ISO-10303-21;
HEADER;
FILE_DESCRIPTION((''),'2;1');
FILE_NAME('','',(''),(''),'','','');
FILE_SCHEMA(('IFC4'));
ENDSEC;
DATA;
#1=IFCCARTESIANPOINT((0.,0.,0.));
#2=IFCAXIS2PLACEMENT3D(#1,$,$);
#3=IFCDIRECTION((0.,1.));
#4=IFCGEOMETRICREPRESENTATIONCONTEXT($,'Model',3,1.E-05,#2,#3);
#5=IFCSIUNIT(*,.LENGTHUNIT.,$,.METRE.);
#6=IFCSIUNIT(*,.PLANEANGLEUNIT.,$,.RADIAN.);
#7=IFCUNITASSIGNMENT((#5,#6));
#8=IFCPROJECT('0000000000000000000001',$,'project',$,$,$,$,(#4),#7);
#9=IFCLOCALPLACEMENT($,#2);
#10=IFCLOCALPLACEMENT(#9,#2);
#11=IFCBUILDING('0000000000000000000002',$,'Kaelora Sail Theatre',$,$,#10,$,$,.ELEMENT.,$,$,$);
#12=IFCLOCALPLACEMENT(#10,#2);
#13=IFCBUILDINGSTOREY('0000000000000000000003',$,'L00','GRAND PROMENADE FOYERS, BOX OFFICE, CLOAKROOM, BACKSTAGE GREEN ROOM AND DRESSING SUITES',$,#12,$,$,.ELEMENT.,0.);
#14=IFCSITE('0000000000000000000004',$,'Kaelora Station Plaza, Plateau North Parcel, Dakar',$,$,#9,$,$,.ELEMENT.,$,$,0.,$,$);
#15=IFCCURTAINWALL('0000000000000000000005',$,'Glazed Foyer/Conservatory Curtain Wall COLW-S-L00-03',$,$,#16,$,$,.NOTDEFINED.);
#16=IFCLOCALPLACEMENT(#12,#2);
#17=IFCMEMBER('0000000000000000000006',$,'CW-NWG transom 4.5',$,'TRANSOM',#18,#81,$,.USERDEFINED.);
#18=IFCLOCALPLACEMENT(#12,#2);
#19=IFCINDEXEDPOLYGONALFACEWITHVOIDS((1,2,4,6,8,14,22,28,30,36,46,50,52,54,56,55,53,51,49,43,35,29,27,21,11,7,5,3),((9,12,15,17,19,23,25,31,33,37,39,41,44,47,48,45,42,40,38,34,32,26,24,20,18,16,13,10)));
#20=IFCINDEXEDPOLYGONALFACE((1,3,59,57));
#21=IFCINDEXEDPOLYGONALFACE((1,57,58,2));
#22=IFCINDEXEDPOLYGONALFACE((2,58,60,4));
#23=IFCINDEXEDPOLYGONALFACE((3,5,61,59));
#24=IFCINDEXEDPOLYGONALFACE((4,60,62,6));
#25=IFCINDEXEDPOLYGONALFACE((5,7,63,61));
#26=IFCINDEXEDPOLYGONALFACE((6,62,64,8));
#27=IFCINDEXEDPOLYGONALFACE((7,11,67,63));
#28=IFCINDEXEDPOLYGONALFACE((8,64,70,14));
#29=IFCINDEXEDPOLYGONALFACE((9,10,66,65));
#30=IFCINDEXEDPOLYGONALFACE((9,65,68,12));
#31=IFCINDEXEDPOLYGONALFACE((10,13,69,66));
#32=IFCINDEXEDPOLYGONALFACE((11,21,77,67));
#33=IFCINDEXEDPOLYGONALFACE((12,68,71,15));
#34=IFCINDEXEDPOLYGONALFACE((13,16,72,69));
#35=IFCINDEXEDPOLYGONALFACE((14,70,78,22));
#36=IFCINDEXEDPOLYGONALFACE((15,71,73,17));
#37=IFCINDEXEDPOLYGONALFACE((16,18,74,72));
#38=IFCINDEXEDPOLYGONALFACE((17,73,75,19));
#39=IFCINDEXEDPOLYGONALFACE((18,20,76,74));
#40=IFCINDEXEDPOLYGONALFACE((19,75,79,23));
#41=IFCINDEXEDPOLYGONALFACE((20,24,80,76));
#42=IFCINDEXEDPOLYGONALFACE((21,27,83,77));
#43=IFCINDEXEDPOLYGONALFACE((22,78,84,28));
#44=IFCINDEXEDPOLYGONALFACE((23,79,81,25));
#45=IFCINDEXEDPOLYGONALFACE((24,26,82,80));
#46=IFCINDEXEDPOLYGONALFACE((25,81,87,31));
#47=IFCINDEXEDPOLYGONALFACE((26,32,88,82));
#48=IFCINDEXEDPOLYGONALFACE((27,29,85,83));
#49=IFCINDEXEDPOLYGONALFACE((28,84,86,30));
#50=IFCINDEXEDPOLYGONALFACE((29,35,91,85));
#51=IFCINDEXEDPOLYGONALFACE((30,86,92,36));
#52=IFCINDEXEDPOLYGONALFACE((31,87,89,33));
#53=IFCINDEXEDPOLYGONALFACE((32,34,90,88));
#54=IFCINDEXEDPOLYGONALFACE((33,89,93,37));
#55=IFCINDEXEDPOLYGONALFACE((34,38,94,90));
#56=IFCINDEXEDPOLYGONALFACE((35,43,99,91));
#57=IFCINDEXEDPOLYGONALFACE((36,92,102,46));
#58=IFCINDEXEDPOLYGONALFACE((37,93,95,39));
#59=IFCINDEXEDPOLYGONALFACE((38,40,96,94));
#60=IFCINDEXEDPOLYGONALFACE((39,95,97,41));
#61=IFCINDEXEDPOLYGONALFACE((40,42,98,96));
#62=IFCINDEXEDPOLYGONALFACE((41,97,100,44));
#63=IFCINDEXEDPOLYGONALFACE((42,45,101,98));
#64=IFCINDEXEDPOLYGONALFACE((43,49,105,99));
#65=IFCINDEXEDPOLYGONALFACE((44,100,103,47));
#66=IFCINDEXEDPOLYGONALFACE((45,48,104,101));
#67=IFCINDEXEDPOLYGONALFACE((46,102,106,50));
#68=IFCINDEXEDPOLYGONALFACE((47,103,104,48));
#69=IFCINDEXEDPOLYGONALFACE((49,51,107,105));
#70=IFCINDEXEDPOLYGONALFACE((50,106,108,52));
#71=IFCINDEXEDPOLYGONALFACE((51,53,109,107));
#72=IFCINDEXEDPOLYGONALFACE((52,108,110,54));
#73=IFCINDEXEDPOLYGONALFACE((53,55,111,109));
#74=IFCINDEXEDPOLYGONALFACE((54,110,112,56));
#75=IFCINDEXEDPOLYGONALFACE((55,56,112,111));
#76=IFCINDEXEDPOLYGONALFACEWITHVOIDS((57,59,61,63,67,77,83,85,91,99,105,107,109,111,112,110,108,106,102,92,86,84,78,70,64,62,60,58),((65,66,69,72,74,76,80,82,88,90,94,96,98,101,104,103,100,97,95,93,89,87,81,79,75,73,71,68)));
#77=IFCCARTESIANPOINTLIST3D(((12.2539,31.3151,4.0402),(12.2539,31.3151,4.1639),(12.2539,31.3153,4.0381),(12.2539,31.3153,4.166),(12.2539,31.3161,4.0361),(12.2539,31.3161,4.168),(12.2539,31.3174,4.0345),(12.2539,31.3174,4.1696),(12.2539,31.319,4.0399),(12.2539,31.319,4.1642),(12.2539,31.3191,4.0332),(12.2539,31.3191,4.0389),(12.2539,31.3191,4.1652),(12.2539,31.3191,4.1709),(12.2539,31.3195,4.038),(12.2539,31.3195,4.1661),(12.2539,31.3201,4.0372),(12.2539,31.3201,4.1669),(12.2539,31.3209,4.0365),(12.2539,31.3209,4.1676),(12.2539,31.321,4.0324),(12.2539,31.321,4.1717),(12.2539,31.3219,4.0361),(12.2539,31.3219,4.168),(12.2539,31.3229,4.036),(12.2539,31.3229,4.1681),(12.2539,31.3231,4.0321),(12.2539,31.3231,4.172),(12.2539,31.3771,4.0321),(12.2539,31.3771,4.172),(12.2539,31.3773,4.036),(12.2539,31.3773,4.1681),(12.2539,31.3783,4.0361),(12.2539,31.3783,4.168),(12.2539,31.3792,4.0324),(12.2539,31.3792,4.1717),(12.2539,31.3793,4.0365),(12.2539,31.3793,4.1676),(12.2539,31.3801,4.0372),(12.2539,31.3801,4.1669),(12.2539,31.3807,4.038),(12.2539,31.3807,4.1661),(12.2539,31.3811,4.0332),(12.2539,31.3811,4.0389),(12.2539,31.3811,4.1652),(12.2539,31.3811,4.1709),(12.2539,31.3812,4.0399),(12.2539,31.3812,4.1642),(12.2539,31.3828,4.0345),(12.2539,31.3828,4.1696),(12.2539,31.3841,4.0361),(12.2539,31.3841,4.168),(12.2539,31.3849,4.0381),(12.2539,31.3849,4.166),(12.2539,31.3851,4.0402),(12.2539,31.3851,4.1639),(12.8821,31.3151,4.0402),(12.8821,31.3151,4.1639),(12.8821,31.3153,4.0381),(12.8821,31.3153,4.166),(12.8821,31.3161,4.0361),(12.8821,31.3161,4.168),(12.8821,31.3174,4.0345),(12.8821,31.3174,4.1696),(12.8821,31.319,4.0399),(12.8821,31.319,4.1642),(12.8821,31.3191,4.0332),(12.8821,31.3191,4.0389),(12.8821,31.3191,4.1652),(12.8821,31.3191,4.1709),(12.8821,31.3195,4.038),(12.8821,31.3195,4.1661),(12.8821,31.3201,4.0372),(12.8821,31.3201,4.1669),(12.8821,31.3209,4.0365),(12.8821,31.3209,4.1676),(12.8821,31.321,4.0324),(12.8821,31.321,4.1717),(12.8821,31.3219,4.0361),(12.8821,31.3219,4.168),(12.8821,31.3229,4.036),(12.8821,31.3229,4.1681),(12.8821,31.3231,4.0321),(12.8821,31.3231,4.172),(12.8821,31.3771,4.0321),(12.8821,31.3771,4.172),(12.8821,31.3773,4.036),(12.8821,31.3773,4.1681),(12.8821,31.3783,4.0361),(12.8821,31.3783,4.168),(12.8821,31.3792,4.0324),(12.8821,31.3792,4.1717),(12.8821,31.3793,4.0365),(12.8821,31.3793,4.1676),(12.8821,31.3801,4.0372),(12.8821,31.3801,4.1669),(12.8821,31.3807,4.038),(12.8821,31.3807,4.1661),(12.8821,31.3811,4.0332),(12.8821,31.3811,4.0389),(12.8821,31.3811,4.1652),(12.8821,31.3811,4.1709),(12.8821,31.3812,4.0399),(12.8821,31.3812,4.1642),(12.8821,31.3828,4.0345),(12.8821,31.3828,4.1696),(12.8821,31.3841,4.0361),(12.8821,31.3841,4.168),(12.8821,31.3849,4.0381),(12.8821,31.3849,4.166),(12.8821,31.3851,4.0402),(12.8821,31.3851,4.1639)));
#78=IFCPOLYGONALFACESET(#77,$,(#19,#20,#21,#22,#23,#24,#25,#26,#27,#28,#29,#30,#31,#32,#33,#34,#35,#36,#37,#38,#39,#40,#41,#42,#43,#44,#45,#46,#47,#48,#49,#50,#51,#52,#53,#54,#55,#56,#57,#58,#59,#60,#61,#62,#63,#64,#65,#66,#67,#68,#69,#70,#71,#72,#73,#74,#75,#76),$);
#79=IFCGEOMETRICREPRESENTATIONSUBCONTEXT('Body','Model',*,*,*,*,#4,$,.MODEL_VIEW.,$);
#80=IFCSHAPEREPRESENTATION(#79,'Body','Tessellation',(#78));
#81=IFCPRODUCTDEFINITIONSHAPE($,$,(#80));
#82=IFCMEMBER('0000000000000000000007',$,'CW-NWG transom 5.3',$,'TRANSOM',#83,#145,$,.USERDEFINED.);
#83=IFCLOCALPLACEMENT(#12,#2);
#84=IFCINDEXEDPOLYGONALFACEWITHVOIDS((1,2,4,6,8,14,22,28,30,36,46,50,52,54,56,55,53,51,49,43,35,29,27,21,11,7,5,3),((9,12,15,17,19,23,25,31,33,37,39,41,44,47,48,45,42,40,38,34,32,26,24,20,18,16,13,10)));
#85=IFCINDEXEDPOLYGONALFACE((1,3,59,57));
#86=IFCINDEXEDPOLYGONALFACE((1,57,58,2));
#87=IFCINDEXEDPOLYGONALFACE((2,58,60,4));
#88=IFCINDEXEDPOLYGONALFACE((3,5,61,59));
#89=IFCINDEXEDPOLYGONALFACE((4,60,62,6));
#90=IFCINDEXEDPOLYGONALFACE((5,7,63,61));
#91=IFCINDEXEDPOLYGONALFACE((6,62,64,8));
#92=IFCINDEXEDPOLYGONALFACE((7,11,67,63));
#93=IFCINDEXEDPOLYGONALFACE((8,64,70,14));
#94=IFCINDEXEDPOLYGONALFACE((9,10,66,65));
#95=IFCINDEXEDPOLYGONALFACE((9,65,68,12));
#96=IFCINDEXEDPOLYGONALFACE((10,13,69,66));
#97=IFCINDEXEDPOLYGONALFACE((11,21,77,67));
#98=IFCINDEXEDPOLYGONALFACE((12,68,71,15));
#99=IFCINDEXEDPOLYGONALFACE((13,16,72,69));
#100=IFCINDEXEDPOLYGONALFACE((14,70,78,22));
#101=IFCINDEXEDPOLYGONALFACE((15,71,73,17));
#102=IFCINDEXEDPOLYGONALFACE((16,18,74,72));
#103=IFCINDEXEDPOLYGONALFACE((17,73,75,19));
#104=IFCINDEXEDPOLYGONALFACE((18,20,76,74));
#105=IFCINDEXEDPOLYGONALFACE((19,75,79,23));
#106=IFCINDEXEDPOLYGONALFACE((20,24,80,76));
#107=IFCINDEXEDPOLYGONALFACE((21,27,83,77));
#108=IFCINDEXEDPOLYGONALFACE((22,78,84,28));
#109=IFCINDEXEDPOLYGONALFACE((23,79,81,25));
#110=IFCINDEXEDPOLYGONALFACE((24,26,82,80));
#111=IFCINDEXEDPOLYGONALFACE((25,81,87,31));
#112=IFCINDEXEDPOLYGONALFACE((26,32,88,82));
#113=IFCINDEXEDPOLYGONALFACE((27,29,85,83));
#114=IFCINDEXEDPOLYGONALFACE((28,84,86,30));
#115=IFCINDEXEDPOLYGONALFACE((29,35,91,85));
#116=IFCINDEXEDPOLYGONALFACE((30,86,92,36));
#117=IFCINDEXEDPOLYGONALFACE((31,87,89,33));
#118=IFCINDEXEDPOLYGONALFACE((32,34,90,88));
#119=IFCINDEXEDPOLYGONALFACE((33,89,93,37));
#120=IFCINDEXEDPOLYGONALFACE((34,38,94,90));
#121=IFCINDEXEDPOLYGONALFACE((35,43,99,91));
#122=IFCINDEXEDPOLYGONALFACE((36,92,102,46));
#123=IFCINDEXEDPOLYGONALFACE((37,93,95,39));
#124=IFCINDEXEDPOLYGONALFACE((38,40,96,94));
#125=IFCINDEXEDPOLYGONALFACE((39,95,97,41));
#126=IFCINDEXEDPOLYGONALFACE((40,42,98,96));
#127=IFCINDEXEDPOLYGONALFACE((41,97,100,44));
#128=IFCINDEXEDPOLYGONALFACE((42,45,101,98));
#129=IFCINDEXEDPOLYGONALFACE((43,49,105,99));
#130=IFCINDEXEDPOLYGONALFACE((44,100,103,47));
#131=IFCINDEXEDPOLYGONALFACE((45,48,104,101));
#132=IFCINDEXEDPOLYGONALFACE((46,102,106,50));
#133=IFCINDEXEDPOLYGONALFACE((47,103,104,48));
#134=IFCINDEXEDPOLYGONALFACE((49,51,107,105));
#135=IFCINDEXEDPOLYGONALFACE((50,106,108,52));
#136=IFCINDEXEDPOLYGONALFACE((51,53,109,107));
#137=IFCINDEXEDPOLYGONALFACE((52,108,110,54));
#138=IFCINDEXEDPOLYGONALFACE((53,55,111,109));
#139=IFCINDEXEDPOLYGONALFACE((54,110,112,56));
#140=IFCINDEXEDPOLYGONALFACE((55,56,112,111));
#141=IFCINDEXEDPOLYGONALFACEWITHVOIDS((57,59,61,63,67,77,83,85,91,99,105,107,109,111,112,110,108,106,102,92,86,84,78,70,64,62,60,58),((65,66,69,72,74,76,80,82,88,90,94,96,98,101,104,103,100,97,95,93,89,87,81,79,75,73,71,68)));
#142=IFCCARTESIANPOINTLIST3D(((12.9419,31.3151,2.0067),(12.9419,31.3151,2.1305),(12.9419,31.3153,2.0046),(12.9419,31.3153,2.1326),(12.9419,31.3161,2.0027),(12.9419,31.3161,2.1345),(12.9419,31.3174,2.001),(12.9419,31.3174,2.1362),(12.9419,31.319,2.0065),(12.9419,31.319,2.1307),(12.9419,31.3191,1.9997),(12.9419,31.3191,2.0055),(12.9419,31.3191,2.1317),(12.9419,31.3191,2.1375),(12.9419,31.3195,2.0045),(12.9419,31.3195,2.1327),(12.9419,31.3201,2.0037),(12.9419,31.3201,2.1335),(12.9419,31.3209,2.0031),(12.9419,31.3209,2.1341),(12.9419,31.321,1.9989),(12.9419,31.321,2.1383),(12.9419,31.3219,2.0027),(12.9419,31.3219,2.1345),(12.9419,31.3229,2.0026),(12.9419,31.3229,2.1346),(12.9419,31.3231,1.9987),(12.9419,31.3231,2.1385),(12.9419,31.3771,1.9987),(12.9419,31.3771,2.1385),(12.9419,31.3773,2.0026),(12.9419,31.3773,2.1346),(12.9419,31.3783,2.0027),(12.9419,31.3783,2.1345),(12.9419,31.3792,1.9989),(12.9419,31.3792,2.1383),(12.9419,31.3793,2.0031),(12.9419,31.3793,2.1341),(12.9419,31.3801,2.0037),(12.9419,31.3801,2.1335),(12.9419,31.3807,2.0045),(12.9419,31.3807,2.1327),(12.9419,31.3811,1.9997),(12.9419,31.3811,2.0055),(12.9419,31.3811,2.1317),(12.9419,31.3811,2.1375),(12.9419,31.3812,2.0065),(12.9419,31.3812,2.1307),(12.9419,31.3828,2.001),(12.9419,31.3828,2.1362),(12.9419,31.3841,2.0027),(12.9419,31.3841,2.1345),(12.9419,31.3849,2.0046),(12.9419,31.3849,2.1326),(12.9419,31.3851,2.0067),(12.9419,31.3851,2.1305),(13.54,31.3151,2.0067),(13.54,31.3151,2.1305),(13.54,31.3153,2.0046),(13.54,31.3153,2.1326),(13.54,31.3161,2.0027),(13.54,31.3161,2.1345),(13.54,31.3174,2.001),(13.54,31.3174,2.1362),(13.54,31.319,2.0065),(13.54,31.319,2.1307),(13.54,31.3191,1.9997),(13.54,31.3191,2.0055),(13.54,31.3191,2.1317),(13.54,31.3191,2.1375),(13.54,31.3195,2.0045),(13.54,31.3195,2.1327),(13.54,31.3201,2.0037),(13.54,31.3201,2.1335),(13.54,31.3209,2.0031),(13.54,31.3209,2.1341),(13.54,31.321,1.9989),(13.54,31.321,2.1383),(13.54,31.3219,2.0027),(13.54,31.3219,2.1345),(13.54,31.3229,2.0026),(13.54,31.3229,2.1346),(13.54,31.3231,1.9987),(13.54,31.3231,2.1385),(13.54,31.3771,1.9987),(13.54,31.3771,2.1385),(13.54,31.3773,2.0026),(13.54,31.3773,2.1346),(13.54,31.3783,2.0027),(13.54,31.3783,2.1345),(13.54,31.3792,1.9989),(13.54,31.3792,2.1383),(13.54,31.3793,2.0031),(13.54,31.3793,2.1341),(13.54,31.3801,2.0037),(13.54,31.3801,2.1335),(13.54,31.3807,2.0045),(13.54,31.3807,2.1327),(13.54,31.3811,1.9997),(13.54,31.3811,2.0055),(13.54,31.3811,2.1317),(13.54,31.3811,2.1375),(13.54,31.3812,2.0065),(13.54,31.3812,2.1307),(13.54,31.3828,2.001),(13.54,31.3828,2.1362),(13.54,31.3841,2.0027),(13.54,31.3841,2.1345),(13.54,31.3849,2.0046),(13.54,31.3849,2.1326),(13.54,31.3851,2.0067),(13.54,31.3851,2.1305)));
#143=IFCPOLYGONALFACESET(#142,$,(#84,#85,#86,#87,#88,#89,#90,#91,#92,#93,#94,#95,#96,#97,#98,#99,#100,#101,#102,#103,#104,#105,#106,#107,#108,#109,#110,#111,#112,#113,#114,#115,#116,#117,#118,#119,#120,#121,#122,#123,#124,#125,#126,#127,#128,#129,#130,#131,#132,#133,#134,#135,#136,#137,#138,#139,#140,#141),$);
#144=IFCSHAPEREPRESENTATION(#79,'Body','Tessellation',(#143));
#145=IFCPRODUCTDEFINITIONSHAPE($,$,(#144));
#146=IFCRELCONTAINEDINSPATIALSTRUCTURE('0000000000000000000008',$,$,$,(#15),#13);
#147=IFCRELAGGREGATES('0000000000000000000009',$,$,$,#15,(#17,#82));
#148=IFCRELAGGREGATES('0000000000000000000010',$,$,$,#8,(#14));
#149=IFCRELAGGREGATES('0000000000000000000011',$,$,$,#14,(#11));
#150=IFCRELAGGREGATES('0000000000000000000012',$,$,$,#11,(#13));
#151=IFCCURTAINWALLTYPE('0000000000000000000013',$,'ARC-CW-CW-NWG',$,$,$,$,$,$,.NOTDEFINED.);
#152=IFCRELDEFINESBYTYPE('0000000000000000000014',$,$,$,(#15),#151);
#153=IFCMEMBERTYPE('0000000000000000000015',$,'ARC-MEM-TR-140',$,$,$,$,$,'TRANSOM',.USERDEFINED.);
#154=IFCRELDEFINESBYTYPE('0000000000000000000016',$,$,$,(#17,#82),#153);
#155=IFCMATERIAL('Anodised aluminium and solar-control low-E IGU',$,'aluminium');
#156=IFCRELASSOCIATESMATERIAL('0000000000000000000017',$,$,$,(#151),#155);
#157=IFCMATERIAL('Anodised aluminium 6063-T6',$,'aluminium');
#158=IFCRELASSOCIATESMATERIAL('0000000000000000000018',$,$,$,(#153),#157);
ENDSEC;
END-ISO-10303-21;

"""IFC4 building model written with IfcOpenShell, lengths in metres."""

from ifc_helpers import new_model, si_unit, direction, frame, origin, origin_2d, place, context, subcontext, project, spatial, hollow_rectangle, extrude, material, material_profile, profile_set, type_object, element, aggregate, save


model = new_model("IFC4")

# Units and contexts
model_context = context("Model", 3, precision=1e-05, world=origin(), true_north=direction((0.0, 1.0)))
body_context = subcontext(model_context, "Body", "Model", "MODEL_VIEW")
ifc_project = project(units=[si_unit("LENGTHUNIT", "METRE"), si_unit("PLANEANGLEUNIT", "RADIAN")], contexts=[model_context])

# Site, building, storey
site_placement = place(None, origin())
site = spatial("IfcSite", under=ifc_project, at=site_placement, Name="Kaelora Station Plaza, Plateau North Parcel, Dakar", CompositionType="ELEMENT", RefElevation=0.0)
building_placement = place(site_placement, origin())
building = spatial("IfcBuilding", under=site, at=building_placement, Name="Kaelora Sail Theatre", CompositionType="ELEMENT")
storey_placement = place(building_placement, origin())
storey = spatial("IfcBuildingStorey", under=building, at=storey_placement, Name="L00", Description="GRAND PROMENADE FOYERS, BOX OFFICE, CLOAKROOM, BACKSTAGE GREEN ROOM AND DRESSING SUITES", CompositionType="ELEMENT", Elevation=0.0)

# Curtain wall, members
ifc_material_1 = material(Name="Anodised aluminium and solar-control low-E IGU", Category="aluminium")
curtain_wall_type = type_object("IfcCurtainWallType", Name="ARC-CW-CW-NWG", PredefinedType="NOTDEFINED", material=ifc_material_1)
curtain_wall_1_placement = place(storey_placement, origin())
curtain_wall_1 = element("IfcCurtainWall", 1, at=curtain_wall_1_placement, inside=storey, type_object=curtain_wall_type, Name="Glazed Foyer/Conservatory Curtain Wall COLW-S-L00-03", PredefinedType="NOTDEFINED")
ifc_material_2 = material(Name="Anodised aluminium 6063-T6", Category="aluminium")
ifc_material_profile = material_profile(ifc_material_2, hollow_rectangle(XDim=0.0701, YDim=0.1399, WallThickness=0.0039, InnerFilletRadius=0.0039, OuterFilletRadius=0.0081, at=origin_2d()), Name="ALU-TRAN 70x140x4")
ifc_profile_set = profile_set([ifc_material_profile], Name="Anodised aluminium 6063-T6")
member_type = type_object("IfcMemberType", Name="ARC-MEM-TR-140", ElementType="TRANSOM", PredefinedType="USERDEFINED", material=ifc_profile_set)
member_1_placement = place(storey_placement, frame((12.2539, 31.3501, 4.1021), z_axis=(1.0, 0.0, 0.0), x_axis=(0.0, 1.0, 0.0)))
member_1 = element("IfcMember", 2, at=member_1_placement, type_object=member_type, Name="CW-NWG transom 4.5", ObjectType="TRANSOM", PredefinedType="USERDEFINED", context=body_context, shape_type="SweptSolid", body=[
    extrude(hollow_rectangle(XDim=0.0701, YDim=0.1399, WallThickness=0.0039, InnerFilletRadius=0.0039, OuterFilletRadius=0.0081, at=origin_2d()), origin(), (0.0, 0.0, 1.0), 0.6282),
])
member_2_placement = place(storey_placement, frame((12.9419, 31.3501, 2.0686), z_axis=(1.0, 0.0, 0.0), x_axis=(0.0, 1.0, 0.0)))
member_2 = element("IfcMember", 3, at=member_2_placement, type_object=member_type, Name="CW-NWG transom 5.3", ObjectType="TRANSOM", PredefinedType="USERDEFINED", context=body_context, shape_type="SweptSolid", body=[
    extrude(hollow_rectangle(XDim=0.0701, YDim=0.1399, WallThickness=0.0039, InnerFilletRadius=0.0039, OuterFilletRadius=0.0081, at=origin_2d()), origin(), (0.0, 0.0, 1.0), 0.5981),
])

aggregate(curtain_wall_1, [member_1, member_2])

save(model, "model.ifc")
